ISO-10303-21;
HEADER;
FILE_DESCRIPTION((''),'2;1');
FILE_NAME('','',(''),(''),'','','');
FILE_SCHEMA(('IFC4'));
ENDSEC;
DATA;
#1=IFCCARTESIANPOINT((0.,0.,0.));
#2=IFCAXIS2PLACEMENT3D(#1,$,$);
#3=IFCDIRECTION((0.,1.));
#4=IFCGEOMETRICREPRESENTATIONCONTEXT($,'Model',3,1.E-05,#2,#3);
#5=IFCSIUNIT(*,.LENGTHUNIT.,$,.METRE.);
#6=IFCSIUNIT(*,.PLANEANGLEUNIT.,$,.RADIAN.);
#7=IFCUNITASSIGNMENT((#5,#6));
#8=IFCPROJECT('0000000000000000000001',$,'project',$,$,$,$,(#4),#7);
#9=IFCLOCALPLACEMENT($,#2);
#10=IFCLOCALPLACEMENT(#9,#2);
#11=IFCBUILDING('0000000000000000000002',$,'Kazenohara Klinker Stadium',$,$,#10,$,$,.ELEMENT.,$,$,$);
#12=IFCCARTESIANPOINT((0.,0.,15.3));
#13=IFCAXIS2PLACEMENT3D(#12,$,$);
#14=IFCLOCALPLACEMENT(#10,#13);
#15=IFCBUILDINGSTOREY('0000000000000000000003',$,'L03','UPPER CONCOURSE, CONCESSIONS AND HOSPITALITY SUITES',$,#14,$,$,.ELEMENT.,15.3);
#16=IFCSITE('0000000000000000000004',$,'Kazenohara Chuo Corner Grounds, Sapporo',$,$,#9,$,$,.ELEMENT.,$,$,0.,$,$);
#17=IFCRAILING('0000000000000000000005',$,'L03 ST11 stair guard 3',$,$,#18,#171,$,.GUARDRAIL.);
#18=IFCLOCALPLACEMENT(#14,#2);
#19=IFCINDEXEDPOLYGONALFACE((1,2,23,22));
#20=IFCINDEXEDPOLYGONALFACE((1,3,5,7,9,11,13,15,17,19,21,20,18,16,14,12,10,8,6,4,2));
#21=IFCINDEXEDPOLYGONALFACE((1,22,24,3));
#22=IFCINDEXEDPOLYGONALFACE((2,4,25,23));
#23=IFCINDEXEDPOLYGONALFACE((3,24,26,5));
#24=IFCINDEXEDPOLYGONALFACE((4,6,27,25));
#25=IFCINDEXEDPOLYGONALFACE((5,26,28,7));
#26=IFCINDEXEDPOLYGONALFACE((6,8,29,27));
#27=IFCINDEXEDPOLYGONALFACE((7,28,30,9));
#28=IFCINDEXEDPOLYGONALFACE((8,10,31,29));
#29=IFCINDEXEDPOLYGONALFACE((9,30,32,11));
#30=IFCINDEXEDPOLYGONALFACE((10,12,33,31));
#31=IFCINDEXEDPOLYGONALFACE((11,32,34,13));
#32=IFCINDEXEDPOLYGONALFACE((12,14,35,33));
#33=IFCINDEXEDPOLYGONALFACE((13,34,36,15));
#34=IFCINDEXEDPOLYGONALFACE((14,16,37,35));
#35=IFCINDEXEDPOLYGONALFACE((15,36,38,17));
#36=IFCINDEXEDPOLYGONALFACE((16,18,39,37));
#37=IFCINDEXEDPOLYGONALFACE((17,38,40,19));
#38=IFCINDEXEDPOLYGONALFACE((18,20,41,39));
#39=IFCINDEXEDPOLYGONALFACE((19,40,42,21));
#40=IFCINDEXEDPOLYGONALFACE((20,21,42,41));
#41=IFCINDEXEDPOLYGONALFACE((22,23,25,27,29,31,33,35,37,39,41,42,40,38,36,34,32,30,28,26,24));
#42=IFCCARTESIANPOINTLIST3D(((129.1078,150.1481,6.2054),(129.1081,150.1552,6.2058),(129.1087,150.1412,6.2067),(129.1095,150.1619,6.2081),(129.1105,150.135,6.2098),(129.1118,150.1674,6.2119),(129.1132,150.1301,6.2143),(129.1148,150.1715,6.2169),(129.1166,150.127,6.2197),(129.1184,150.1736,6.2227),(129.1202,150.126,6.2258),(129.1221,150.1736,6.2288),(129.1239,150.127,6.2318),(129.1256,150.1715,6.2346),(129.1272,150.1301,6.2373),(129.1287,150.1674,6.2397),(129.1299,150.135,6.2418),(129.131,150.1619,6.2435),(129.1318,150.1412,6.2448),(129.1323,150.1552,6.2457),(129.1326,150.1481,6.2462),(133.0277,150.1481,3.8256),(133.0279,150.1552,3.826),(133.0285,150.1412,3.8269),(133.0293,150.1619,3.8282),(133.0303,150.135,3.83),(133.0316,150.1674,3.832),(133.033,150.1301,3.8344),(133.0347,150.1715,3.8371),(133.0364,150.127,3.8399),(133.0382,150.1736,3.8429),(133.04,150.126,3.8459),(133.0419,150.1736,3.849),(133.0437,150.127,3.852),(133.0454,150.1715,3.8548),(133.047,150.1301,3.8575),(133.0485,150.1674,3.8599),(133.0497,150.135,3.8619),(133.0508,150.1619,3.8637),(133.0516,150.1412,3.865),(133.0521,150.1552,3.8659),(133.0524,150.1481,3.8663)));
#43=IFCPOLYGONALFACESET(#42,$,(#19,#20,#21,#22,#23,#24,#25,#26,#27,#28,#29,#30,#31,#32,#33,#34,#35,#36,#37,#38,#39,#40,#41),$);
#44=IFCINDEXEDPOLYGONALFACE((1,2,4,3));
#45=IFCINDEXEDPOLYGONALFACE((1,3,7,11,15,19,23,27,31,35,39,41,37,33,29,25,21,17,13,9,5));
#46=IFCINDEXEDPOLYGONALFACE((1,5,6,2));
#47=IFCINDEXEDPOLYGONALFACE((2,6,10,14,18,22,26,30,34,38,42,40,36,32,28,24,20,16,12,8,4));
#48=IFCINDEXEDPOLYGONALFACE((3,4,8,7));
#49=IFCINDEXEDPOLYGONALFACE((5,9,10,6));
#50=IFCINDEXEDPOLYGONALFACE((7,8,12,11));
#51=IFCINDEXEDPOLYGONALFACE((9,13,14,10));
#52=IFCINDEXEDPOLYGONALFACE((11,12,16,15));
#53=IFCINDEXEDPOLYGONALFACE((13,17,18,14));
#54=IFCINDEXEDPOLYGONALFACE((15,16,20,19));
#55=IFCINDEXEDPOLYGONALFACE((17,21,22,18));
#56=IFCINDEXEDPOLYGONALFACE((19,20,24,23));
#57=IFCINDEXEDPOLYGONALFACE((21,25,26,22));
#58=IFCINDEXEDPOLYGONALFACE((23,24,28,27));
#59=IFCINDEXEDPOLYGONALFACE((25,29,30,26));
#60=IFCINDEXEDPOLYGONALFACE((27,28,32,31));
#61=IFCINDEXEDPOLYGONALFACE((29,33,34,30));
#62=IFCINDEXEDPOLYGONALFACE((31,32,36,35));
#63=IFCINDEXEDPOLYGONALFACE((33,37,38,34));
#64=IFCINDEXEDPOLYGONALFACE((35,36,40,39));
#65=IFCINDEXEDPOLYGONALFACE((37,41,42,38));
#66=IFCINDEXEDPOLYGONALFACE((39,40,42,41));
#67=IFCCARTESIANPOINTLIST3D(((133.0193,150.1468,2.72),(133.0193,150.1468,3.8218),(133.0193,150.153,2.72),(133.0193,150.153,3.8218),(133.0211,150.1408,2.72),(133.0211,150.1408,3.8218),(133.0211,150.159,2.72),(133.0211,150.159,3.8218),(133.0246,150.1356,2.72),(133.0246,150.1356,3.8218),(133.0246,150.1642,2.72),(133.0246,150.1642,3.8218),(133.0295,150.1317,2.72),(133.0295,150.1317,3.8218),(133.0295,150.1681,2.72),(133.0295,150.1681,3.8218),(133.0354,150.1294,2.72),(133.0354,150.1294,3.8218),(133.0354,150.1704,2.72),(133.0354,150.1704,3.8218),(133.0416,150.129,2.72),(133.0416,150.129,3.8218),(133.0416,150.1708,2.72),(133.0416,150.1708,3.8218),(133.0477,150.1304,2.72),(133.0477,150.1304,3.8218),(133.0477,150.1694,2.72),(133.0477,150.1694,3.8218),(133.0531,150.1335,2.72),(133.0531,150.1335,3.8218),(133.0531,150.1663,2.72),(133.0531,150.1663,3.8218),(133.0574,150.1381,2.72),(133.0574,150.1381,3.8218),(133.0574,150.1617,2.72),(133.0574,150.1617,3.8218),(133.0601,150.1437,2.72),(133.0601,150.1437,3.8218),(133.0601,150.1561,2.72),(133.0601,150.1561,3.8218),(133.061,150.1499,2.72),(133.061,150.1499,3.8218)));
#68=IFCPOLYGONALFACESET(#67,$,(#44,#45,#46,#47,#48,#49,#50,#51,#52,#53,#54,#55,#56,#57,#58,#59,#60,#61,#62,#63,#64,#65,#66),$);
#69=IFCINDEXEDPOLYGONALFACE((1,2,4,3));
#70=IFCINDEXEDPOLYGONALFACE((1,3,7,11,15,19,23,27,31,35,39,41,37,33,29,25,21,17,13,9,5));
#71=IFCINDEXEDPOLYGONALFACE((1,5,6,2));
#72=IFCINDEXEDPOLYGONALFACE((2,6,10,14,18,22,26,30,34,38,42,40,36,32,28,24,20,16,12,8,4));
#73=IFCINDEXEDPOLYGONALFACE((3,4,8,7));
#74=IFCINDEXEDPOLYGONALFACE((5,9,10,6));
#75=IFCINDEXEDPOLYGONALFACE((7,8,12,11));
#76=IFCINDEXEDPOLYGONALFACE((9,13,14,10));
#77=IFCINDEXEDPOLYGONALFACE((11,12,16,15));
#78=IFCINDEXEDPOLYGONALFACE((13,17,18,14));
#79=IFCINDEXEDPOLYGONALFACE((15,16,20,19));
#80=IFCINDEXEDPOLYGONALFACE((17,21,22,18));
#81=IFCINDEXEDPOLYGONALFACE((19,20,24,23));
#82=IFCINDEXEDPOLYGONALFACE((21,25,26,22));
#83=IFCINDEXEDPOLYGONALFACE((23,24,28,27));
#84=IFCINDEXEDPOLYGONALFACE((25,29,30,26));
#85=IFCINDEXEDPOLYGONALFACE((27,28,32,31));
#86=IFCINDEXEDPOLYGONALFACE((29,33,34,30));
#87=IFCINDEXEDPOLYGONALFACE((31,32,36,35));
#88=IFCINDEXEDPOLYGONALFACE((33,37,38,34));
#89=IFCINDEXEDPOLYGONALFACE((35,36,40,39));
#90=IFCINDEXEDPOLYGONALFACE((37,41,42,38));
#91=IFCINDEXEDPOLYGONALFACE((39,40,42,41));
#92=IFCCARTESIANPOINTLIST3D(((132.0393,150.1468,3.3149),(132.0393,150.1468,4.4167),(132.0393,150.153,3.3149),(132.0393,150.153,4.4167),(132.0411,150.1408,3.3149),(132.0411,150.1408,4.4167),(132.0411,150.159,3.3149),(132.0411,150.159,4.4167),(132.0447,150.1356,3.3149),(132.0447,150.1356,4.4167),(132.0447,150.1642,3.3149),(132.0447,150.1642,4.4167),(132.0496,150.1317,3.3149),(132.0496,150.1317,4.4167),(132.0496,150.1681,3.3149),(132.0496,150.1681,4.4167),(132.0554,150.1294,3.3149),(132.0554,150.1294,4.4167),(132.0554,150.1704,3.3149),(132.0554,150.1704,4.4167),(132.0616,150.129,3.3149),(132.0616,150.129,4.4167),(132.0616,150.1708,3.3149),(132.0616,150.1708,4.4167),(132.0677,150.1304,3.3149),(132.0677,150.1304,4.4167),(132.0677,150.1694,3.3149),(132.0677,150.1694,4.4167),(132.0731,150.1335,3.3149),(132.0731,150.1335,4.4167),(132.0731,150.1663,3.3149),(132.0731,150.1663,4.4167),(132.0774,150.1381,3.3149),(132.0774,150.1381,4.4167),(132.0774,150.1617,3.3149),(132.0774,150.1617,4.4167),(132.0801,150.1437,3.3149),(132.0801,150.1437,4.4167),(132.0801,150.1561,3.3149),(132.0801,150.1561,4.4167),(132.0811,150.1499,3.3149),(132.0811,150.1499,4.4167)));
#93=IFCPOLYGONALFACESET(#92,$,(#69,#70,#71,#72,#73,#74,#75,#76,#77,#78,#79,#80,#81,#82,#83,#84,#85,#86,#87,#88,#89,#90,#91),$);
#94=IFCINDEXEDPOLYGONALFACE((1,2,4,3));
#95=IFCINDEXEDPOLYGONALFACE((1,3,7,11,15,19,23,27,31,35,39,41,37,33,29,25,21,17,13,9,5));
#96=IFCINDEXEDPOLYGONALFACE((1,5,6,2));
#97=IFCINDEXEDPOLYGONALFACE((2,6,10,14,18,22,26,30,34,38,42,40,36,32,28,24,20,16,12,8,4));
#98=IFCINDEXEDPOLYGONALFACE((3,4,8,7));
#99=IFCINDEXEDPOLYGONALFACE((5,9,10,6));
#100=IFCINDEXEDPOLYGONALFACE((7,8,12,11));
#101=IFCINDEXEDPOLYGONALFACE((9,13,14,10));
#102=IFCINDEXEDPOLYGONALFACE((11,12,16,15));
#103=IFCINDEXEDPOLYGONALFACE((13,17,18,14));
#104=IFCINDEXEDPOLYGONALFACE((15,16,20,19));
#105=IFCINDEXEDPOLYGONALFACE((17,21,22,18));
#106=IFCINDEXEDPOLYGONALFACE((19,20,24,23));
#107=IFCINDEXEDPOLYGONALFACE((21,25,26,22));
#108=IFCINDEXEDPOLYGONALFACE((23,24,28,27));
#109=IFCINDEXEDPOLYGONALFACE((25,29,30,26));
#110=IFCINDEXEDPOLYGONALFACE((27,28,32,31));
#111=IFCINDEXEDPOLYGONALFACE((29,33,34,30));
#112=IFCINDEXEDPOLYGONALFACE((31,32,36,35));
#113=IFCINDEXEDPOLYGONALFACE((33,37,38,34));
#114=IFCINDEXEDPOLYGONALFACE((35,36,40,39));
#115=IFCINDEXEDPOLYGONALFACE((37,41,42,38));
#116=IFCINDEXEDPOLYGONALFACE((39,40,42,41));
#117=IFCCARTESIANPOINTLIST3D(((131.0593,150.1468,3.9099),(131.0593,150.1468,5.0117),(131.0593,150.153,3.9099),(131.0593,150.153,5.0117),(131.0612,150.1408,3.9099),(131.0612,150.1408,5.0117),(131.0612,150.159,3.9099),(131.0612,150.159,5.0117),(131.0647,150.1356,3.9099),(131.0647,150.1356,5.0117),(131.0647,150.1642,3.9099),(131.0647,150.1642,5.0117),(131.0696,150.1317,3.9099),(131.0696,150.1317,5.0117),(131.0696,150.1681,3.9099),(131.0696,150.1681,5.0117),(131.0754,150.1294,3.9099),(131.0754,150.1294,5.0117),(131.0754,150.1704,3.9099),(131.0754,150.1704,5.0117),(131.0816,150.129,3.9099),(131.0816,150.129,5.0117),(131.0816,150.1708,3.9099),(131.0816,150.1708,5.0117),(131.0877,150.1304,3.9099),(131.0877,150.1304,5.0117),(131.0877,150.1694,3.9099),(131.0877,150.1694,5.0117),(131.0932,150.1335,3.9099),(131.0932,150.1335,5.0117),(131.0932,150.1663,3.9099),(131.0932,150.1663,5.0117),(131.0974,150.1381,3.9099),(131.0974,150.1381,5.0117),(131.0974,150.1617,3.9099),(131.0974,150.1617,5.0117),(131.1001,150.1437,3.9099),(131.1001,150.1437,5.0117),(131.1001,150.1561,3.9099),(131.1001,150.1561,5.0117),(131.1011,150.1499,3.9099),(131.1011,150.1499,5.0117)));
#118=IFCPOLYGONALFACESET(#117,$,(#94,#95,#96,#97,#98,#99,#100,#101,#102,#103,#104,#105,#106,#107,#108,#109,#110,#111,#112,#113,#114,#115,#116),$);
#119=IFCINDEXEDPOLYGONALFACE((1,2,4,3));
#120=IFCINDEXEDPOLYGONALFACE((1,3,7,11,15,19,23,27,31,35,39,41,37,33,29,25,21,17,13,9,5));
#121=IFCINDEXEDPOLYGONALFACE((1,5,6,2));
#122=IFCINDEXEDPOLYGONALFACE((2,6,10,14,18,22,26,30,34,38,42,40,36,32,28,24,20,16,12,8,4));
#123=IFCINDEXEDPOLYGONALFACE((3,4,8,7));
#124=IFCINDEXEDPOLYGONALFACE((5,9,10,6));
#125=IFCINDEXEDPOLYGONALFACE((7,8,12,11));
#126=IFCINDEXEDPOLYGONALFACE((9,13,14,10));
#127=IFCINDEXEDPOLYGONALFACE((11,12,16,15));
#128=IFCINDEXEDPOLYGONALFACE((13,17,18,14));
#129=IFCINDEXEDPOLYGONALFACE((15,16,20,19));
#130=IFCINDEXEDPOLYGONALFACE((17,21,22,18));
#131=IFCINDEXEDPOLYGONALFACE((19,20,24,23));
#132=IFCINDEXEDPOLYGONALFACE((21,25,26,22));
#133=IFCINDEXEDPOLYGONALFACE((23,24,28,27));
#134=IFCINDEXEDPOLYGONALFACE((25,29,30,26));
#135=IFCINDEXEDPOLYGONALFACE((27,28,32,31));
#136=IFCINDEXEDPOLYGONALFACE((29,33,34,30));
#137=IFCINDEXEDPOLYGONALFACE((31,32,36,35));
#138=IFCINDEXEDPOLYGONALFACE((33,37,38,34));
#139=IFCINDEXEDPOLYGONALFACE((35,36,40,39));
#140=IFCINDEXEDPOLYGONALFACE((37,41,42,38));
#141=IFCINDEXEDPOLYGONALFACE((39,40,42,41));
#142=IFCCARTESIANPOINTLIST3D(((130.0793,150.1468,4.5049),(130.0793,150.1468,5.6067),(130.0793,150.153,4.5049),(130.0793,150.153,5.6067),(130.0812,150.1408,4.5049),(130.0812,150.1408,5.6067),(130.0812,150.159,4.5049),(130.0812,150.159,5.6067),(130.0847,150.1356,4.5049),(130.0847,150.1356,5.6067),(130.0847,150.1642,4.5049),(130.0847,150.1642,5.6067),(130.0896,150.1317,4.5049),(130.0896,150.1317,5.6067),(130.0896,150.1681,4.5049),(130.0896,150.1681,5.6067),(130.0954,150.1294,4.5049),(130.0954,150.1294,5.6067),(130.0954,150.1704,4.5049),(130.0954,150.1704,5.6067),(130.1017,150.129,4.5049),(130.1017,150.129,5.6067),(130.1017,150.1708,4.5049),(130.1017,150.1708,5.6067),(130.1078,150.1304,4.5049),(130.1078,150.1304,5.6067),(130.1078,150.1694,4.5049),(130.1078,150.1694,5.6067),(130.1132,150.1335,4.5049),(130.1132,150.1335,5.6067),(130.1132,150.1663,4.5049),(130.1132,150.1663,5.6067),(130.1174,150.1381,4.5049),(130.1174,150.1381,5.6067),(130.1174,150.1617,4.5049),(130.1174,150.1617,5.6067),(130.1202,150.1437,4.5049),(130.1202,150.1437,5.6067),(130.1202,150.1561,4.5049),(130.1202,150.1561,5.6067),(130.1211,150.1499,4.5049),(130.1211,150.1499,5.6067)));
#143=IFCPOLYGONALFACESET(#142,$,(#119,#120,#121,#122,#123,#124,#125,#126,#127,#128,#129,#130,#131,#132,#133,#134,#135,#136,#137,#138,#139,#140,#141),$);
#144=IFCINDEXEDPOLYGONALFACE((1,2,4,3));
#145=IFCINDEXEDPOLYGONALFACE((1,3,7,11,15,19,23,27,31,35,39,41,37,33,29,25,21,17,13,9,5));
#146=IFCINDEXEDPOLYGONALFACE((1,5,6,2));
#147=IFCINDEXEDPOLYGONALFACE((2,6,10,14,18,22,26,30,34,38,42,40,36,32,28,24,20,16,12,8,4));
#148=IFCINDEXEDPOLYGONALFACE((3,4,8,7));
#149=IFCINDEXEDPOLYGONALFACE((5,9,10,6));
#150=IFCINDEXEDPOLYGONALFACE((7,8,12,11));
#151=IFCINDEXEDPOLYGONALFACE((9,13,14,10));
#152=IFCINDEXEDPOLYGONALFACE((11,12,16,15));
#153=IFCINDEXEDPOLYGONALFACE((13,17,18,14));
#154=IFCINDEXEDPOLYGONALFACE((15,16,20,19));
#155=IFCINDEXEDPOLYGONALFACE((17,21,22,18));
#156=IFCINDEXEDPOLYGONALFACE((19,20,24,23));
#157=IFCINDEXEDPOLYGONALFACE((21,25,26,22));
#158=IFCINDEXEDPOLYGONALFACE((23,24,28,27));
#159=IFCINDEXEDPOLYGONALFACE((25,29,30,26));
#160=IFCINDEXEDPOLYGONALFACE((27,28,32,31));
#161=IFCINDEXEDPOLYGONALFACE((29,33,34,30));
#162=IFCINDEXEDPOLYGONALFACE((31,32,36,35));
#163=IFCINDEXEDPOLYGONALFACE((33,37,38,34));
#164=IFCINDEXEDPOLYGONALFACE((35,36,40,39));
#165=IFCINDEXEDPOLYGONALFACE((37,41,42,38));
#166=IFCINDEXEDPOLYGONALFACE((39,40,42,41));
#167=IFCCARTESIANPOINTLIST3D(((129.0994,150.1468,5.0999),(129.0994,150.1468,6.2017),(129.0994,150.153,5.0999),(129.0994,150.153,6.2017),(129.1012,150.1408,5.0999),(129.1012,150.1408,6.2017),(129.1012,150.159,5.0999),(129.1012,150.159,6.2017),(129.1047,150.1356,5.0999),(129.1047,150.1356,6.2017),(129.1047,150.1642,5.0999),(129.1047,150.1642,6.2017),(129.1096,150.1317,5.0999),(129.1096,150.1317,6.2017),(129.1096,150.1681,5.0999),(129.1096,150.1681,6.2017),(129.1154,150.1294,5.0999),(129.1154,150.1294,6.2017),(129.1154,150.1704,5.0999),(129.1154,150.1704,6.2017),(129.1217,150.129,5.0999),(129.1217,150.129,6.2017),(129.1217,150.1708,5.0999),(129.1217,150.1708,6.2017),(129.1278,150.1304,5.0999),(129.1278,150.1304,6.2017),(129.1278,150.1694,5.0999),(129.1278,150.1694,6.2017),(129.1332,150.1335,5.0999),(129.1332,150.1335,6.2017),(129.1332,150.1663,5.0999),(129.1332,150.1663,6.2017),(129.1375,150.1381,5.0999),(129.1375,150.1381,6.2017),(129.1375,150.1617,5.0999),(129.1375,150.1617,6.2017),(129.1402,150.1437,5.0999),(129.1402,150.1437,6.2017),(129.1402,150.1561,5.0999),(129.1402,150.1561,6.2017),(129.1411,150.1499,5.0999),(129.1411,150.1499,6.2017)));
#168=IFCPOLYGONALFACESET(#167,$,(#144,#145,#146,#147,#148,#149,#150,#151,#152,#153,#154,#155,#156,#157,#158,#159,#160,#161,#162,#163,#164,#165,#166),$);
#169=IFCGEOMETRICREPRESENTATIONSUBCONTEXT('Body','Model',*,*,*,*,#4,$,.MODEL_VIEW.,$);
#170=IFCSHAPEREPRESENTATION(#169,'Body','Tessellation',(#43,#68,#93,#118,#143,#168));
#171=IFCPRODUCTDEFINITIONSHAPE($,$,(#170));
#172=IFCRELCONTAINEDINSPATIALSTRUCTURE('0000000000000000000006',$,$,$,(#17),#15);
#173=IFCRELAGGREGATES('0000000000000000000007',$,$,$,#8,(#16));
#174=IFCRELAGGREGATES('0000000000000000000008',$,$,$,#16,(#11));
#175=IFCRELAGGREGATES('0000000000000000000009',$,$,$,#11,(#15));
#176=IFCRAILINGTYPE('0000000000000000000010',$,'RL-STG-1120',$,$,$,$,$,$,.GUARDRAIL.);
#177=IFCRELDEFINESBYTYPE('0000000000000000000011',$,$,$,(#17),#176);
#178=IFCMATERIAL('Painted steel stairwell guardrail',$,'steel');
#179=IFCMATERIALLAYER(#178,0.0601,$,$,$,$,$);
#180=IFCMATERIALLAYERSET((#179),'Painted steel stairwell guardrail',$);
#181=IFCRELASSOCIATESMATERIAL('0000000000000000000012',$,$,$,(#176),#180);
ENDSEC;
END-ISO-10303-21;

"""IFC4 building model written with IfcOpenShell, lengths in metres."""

from ifc_helpers import new_model, si_unit, direction, frame, origin, origin_2d, place, context, subcontext, project, spatial, circle, extrude, material, layer, layer_set, type_object, element, save


model = new_model("IFC4")

# Units and contexts
model_context = context("Model", 3, precision=1e-05, world=origin(), true_north=direction((0.0, 1.0)))
body_context = subcontext(model_context, "Body", "Model", "MODEL_VIEW")
ifc_project = project(units=[si_unit("LENGTHUNIT", "METRE"), si_unit("PLANEANGLEUNIT", "RADIAN")], contexts=[model_context])

# Site, building, storey
site_placement = place(None, origin())
site = spatial("IfcSite", under=ifc_project, at=site_placement, Name="Kazenohara Chuo Corner Grounds, Sapporo", CompositionType="ELEMENT", RefElevation=0.0)
building_placement = place(site_placement, origin())
building = spatial("IfcBuilding", under=site, at=building_placement, Name="Kazenohara Klinker Stadium", CompositionType="ELEMENT")
storey_placement = place(building_placement, frame((0.0, 0.0, 15.3)))
storey = spatial("IfcBuildingStorey", under=building, at=storey_placement, Name="L03", Description="UPPER CONCOURSE, CONCESSIONS AND HOSPITALITY SUITES", CompositionType="ELEMENT", Elevation=15.3)

# Railing
ifc_material_1 = material(Name="Painted steel stairwell guardrail", Category="steel")
ifc_layer_1 = layer(ifc_material_1, 0.0601)
ifc_layer_set_1 = layer_set([ifc_layer_1], Name="Painted steel stairwell guardrail")
railing_type_1 = type_object("IfcRailingType", Name="RL-STG-1120", PredefinedType="GUARDRAIL", material=ifc_layer_set_1)
railing_1_placement = place(storey_placement, frame((133.04, 150.1499, 2.72)))
element("IfcRailing", 1, at=railing_1_placement, inside=storey, type_object=railing_type_1, Name="L03 ST11 stair guard 3", PredefinedType="GUARDRAIL", context=body_context, shape_type="SweptSolid", body=[
    extrude(circle(Radius=0.0239, at=origin_2d()), frame((0.0, 0.0, 1.126), z_axis=(-0.854794, 0.0, 0.518967), x_axis=(0.0, -1.0, 0.0)), (0.0, 0.0, 1.0), 4.5857),
    extrude(circle(Radius=0.021, at=origin_2d()), origin(), (0.0, 0.0, 1.0), 1.1018),
    extrude(circle(Radius=0.021, at=origin_2d()), frame((-0.98, 0.0, 0.595)), (0.0, 0.0, 1.0), 1.1018),
    extrude(circle(Radius=0.021, at=origin_2d()), frame((-1.96, 0.0, 1.1899)), (0.0, 0.0, 1.0), 1.1018),
    extrude(circle(Radius=0.021, at=origin_2d()), frame((-2.9399, 0.0, 1.7849)), (0.0, 0.0, 1.0), 1.1018),
    extrude(circle(Radius=0.021, at=origin_2d()), frame((-3.9199, 0.0, 2.3799)), (0.0, 0.0, 1.0), 1.1018),
])

save(model, "model.ifc")
